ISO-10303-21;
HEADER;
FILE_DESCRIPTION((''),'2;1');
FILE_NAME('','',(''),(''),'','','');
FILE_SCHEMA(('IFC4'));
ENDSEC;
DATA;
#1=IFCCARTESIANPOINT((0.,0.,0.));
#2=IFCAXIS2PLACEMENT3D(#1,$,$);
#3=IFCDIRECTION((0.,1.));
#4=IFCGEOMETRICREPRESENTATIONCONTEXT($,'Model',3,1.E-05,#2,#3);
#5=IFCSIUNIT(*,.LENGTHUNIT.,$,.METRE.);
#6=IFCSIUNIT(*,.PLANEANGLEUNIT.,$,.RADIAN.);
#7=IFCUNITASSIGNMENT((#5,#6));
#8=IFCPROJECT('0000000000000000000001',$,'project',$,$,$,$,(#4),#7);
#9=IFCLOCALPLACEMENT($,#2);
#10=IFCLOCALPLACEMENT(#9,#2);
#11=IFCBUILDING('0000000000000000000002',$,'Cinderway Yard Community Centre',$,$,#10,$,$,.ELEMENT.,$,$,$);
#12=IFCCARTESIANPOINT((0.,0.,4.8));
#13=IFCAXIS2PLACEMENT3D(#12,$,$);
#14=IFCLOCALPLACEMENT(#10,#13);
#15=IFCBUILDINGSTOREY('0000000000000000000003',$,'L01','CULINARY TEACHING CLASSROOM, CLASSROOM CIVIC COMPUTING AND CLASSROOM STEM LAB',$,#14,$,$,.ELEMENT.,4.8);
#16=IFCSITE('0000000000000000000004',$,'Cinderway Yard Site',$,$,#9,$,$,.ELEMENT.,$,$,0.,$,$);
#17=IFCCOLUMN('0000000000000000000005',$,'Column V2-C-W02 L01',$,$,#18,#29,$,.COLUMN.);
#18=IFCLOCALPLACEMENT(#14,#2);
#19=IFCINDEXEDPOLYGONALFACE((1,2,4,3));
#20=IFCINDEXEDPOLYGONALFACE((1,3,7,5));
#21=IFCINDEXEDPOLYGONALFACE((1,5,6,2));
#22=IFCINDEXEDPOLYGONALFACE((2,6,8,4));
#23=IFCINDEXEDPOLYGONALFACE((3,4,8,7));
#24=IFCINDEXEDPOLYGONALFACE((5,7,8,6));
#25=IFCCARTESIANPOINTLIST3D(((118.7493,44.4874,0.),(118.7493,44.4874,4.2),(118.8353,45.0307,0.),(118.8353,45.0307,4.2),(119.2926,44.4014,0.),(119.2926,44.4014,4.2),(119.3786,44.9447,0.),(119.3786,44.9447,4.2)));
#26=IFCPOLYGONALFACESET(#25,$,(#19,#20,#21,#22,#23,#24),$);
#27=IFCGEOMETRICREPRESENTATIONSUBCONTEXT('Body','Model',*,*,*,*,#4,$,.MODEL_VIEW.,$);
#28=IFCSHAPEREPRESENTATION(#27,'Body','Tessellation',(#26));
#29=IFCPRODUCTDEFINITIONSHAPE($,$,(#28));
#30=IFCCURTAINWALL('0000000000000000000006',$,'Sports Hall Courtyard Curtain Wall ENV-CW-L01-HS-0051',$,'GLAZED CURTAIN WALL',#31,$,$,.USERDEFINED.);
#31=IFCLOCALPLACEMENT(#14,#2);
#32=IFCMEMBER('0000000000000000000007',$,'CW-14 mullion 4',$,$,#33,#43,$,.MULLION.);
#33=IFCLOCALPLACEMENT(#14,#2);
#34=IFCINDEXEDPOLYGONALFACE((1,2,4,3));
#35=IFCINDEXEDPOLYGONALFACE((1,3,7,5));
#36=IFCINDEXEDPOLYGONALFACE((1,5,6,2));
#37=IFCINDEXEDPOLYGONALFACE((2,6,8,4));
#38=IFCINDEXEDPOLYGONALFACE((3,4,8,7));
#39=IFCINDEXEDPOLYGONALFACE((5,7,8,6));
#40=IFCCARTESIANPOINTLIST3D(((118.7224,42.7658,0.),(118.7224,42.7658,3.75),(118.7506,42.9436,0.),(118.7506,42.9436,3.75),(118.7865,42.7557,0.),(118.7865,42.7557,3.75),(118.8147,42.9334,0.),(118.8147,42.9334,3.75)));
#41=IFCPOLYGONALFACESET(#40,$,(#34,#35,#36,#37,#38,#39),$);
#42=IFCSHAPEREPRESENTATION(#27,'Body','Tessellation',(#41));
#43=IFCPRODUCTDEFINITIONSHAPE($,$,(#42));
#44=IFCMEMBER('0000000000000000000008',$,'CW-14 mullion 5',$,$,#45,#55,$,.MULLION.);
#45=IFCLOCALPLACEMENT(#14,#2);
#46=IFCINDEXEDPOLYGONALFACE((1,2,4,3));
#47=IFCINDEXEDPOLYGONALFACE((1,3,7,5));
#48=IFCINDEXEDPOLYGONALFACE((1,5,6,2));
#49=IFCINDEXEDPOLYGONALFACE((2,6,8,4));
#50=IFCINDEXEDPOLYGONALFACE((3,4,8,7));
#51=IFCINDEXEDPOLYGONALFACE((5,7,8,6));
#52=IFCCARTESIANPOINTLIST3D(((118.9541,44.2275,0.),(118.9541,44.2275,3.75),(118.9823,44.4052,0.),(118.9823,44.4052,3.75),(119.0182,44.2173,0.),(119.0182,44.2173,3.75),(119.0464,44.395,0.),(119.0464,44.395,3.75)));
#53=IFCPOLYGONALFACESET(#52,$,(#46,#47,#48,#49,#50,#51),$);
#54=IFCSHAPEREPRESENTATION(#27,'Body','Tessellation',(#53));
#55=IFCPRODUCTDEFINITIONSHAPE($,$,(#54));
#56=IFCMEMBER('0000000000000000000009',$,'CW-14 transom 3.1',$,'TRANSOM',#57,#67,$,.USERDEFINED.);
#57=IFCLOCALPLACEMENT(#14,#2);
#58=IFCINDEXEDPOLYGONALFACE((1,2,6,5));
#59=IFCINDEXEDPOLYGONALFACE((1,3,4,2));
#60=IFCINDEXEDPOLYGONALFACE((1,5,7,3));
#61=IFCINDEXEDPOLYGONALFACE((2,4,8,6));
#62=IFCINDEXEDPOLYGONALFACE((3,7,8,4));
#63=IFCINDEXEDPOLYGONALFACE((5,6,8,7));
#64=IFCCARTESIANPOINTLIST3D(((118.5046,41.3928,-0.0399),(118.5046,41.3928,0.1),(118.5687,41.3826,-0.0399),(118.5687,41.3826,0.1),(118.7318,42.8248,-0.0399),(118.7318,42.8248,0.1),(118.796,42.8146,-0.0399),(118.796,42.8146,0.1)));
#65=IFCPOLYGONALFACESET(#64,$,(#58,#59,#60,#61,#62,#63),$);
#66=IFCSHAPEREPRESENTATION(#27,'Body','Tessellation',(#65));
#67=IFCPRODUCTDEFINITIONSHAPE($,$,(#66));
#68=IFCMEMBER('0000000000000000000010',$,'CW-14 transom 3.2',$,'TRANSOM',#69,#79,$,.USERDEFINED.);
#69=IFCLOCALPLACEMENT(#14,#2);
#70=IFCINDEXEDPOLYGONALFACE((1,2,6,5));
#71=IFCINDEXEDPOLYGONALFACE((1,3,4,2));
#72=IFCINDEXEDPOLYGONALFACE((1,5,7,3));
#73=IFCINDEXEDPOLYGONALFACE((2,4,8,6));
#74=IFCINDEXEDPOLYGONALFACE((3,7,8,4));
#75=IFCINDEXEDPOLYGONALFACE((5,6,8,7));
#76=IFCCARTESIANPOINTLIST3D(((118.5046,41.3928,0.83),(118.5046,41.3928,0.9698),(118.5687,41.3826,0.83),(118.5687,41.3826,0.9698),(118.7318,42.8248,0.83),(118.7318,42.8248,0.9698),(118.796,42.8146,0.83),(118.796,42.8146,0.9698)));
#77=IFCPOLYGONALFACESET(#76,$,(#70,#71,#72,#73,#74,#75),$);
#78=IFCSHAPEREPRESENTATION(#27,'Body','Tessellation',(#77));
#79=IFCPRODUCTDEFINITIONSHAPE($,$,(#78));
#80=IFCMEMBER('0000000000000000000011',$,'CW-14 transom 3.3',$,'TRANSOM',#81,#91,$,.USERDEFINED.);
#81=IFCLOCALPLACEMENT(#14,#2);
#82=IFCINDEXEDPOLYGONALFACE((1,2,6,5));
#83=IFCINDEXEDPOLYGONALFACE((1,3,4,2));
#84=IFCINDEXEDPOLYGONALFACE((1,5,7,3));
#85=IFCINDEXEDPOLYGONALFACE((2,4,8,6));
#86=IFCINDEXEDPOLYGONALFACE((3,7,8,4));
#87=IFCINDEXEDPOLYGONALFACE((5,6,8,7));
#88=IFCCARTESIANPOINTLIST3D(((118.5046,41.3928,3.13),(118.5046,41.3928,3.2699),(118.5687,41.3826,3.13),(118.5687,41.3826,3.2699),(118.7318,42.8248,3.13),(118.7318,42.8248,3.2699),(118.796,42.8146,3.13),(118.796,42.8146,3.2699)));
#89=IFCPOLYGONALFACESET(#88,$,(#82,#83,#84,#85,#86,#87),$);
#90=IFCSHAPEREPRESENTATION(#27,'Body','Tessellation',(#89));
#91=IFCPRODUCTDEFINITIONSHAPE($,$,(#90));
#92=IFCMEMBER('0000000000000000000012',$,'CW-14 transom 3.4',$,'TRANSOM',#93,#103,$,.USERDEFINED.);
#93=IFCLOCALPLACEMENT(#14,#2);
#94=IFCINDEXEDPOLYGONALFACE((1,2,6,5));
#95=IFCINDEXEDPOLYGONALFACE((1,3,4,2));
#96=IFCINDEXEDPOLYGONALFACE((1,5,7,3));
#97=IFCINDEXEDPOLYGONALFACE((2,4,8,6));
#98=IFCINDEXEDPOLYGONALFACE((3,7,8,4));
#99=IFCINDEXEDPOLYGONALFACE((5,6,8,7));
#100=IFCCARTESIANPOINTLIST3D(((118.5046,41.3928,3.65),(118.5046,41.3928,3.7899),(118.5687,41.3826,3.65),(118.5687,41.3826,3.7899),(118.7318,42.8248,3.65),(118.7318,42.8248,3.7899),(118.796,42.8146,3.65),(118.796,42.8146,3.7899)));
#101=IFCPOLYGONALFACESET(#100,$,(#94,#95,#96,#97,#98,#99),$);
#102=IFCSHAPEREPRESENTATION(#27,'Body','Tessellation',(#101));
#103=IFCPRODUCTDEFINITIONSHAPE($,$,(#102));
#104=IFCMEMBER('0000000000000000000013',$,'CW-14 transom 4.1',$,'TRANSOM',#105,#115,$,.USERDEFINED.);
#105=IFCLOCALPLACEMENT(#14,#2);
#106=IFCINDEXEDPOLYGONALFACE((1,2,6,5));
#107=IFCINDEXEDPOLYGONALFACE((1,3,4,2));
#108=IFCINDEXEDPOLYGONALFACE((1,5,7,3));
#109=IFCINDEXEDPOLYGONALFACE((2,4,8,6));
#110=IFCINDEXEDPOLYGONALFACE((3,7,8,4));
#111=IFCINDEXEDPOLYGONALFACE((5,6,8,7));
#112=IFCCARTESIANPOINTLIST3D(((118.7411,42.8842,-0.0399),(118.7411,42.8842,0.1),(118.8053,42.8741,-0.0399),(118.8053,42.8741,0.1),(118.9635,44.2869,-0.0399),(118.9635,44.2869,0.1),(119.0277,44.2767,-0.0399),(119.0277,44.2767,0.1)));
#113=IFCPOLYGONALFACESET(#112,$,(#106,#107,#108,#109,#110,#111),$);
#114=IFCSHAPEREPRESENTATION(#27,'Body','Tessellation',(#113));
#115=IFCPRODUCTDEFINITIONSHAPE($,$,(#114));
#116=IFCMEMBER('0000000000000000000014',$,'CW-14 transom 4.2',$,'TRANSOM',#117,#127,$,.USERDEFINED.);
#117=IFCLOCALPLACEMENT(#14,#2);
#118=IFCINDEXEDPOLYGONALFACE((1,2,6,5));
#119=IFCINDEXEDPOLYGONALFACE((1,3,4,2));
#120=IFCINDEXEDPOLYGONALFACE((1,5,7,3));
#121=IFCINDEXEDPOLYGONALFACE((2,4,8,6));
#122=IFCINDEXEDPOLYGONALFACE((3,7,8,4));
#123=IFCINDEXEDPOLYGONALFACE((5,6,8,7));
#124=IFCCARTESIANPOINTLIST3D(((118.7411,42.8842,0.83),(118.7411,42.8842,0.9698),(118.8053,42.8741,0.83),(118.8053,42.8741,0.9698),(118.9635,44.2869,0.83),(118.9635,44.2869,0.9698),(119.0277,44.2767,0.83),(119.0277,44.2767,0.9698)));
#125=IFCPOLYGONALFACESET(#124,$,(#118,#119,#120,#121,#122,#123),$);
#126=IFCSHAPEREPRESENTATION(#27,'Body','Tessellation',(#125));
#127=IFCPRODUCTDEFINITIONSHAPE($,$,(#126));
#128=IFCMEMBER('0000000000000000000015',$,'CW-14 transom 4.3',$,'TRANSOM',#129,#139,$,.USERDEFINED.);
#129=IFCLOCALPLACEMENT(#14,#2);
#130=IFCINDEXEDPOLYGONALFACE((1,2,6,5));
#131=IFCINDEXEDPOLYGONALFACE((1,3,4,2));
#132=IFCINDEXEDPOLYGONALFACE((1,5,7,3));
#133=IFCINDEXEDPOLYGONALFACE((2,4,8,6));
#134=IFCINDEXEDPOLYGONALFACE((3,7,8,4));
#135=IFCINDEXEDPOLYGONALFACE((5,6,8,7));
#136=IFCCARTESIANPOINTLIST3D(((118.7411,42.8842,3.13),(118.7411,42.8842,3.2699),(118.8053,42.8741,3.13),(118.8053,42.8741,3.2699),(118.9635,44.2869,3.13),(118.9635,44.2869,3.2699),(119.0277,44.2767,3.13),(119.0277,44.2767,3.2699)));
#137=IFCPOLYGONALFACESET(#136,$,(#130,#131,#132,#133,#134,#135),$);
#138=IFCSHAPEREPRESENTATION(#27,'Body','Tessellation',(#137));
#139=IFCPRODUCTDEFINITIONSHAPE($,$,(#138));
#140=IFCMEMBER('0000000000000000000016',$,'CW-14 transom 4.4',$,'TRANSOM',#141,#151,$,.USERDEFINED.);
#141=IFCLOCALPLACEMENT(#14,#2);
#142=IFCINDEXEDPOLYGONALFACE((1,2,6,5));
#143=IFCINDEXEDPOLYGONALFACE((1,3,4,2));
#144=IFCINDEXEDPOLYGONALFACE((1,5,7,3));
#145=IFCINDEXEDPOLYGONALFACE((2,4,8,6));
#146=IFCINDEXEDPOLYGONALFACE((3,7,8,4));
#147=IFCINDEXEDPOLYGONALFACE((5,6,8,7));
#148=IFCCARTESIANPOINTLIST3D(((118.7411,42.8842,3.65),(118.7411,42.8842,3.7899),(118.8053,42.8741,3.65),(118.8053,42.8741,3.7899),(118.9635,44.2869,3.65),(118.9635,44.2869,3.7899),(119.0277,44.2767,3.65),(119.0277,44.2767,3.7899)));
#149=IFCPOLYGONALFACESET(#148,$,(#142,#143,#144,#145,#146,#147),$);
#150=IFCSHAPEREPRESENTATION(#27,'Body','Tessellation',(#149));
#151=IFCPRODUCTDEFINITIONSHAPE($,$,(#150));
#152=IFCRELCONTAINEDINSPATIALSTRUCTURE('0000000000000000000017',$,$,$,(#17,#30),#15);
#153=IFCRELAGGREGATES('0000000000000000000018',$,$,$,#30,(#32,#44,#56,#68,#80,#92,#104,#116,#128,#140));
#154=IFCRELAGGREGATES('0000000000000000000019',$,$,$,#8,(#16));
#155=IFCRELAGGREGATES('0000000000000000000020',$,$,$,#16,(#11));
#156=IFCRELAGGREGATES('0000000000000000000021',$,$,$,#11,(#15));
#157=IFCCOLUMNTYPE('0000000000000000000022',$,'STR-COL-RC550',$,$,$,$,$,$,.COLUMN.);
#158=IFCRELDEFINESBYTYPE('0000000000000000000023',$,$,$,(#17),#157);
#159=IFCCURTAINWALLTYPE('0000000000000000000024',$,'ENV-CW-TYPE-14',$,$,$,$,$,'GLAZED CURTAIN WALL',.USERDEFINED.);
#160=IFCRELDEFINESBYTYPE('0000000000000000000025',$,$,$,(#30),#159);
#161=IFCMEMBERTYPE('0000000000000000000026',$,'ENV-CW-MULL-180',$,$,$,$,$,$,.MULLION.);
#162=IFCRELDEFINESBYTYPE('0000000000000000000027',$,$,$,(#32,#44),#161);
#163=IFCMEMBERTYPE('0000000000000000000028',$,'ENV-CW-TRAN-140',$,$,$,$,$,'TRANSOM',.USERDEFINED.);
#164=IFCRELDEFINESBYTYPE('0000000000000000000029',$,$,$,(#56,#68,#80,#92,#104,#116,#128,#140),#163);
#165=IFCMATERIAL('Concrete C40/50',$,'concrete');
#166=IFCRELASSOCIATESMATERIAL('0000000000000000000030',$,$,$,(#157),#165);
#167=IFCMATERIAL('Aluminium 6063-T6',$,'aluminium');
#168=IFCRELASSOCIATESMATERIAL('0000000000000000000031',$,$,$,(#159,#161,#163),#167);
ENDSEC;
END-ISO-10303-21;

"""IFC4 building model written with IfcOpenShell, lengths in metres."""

from ifc_helpers import new_model, si_unit, direction, frame, origin, origin_2d, place, context, subcontext, project, spatial, rectangle, extrude, material, material_profile, profile_set, type_object, element, aggregate, save


model = new_model("IFC4")

# Units and contexts
model_context = context("Model", 3, precision=1e-05, world=origin(), true_north=direction((0.0, 1.0)))
body_context = subcontext(model_context, "Body", "Model", "MODEL_VIEW")
ifc_project = project(units=[si_unit("LENGTHUNIT", "METRE"), si_unit("PLANEANGLEUNIT", "RADIAN")], contexts=[model_context])

# Site, building, storey
site_placement = place(None, origin())
site = spatial("IfcSite", under=ifc_project, at=site_placement, Name="Cinderway Yard Site", CompositionType="ELEMENT", RefElevation=0.0)
building_placement = place(site_placement, origin())
building = spatial("IfcBuilding", under=site, at=building_placement, Name="Cinderway Yard Community Centre", CompositionType="ELEMENT")
storey_placement = place(building_placement, frame((0.0, 0.0, 4.8)))
storey = spatial("IfcBuildingStorey", under=building, at=storey_placement, Name="L01", Description="CULINARY TEACHING CLASSROOM, CLASSROOM CIVIC COMPUTING AND CLASSROOM STEM LAB", CompositionType="ELEMENT", Elevation=4.8)

# Column
ifc_material_1 = material(Name="Concrete C40/50", Category="concrete")
ifc_material_profile_1 = material_profile(ifc_material_1, rectangle(XDim=0.55, YDim=0.55, at=origin_2d()), Name="Concrete C40/50")
ifc_profile_set_1 = profile_set([ifc_material_profile_1], Name="Concrete C40/50")
column_type = type_object("IfcColumnType", Name="STR-COL-RC550", PredefinedType="COLUMN", material=ifc_profile_set_1)
column_placement = place(storey_placement, frame((119.064, 44.7161, 0.0), z_axis=(0.0, 0.0, 1.0), x_axis=(0.987688, -0.156434, 0.0)))
element("IfcColumn", 1, at=column_placement, inside=storey, type_object=column_type, Name="Column V2-C-W02 L01", PredefinedType="COLUMN", context=body_context, shape_type="SweptSolid", body=[
    extrude(rectangle(XDim=0.55, YDim=0.55, at=origin_2d()), origin(), (0.0, 0.0, 1.0), 4.2),
])

# Curtain wall, members
ifc_material_2 = material(Name="Aluminium 6063-T6", Category="aluminium")
curtain_wall_type = type_object("IfcCurtainWallType", Name="ENV-CW-TYPE-14", ElementType="GLAZED CURTAIN WALL", PredefinedType="USERDEFINED", material=ifc_material_2)
curtain_wall_placement = place(storey_placement, origin())
curtain_wall = element("IfcCurtainWall", 2, at=curtain_wall_placement, inside=storey, type_object=curtain_wall_type, Name="Sports Hall Courtyard Curtain Wall ENV-CW-L01-HS-0051", ObjectType="GLAZED CURTAIN WALL", PredefinedType="USERDEFINED")
ifc_material_profile_2 = material_profile(ifc_material_2, rectangle(XDim=0.0649, YDim=0.1799, at=origin_2d()), Name="Aluminium 6063-T6")
ifc_profile_set_2 = profile_set([ifc_material_profile_2], Name="Aluminium 6063-T6")
member_type_1 = type_object("IfcMemberType", Name="ENV-CW-MULL-180", PredefinedType="MULLION", material=ifc_profile_set_2)
member_1_placement = place(storey_placement, frame((118.7686, 42.8496, 0.0), z_axis=(0.0, 0.0, 1.0), x_axis=(-0.987661, 0.156609, 0.0)))
member_1 = element("IfcMember", 3, at=member_1_placement, type_object=member_type_1, Name="CW-14 mullion 4", PredefinedType="MULLION", context=body_context, shape_type="SweptSolid", body=[
    extrude(rectangle(XDim=0.0649, YDim=0.1799, at=origin_2d()), origin(), (0.0, 0.0, 1.0), 3.75),
])
member_2_placement = place(storey_placement, frame((119.0002, 44.3113, 0.0), z_axis=(0.0, 0.0, 1.0), x_axis=(-0.987661, 0.156609, 0.0)))
member_2 = element("IfcMember", 4, at=member_2_placement, type_object=member_type_1, Name="CW-14 mullion 5", PredefinedType="MULLION", context=body_context, shape_type="SweptSolid", body=[
    extrude(rectangle(XDim=0.0649, YDim=0.1799, at=origin_2d()), origin(), (0.0, 0.0, 1.0), 3.75),
])
ifc_material_profile_3 = material_profile(ifc_material_2, rectangle(XDim=0.0649, YDim=0.1399, at=origin_2d()), Name="Aluminium 6063-T6")
ifc_profile_set_3 = profile_set([ifc_material_profile_3], Name="Aluminium 6063-T6")
member_type_2 = type_object("IfcMemberType", Name="ENV-CW-TRAN-140", ElementType="TRANSOM", PredefinedType="USERDEFINED", material=ifc_profile_set_3)
member_3_placement = place(storey_placement, frame((118.5366, 41.3877, 0.03), z_axis=(0.156749, 0.987638, 0.0), x_axis=(-0.987638, 0.156749, 0.0)))
member_3 = element("IfcMember", 5, at=member_3_placement, type_object=member_type_2, Name="CW-14 transom 3.1", ObjectType="TRANSOM", PredefinedType="USERDEFINED", context=body_context, shape_type="SweptSolid", body=[
    extrude(rectangle(XDim=0.0649, YDim=0.1399, at=origin_2d()), origin(), (0.0, 0.0, 1.0), 1.45),
])
member_4_placement = place(storey_placement, frame((118.5366, 41.3877, 0.8999), z_axis=(0.156749, 0.987638, 0.0), x_axis=(-0.987638, 0.156749, 0.0)))
member_4 = element("IfcMember", 6, at=member_4_placement, type_object=member_type_2, Name="CW-14 transom 3.2", ObjectType="TRANSOM", PredefinedType="USERDEFINED", context=body_context, shape_type="SweptSolid", body=[
    extrude(rectangle(XDim=0.0649, YDim=0.1399, at=origin_2d()), origin(), (0.0, 0.0, 1.0), 1.45),
])
member_5_placement = place(storey_placement, frame((118.5366, 41.3877, 3.2), z_axis=(0.156749, 0.987638, 0.0), x_axis=(-0.987638, 0.156749, 0.0)))
member_5 = element("IfcMember", 7, at=member_5_placement, type_object=member_type_2, Name="CW-14 transom 3.3", ObjectType="TRANSOM", PredefinedType="USERDEFINED", context=body_context, shape_type="SweptSolid", body=[
    extrude(rectangle(XDim=0.0649, YDim=0.1399, at=origin_2d()), origin(), (0.0, 0.0, 1.0), 1.45),
])
member_6_placement = place(storey_placement, frame((118.5366, 41.3877, 3.72), z_axis=(0.156749, 0.987638, 0.0), x_axis=(-0.987638, 0.156749, 0.0)))
member_6 = element("IfcMember", 8, at=member_6_placement, type_object=member_type_2, Name="CW-14 transom 3.4", ObjectType="TRANSOM", PredefinedType="USERDEFINED", context=body_context, shape_type="SweptSolid", body=[
    extrude(rectangle(XDim=0.0649, YDim=0.1399, at=origin_2d()), origin(), (0.0, 0.0, 1.0), 1.45),
])
member_7_placement = place(storey_placement, frame((118.7732, 42.8792, 0.03), z_axis=(0.156616, 0.98766, 0.0), x_axis=(-0.98766, 0.156616, 0.0)))
member_7 = element("IfcMember", 9, at=member_7_placement, type_object=member_type_2, Name="CW-14 transom 4.1", ObjectType="TRANSOM", PredefinedType="USERDEFINED", context=body_context, shape_type="SweptSolid", body=[
    extrude(rectangle(XDim=0.0649, YDim=0.1399, at=origin_2d()), origin(), (0.0, 0.0, 1.0), 1.4202),
])
member_8_placement = place(storey_placement, frame((118.7732, 42.8792, 0.8999), z_axis=(0.156616, 0.98766, 0.0), x_axis=(-0.98766, 0.156616, 0.0)))
member_8 = element("IfcMember", 10, at=member_8_placement, type_object=member_type_2, Name="CW-14 transom 4.2", ObjectType="TRANSOM", PredefinedType="USERDEFINED", context=body_context, shape_type="SweptSolid", body=[
    extrude(rectangle(XDim=0.0649, YDim=0.1399, at=origin_2d()), origin(), (0.0, 0.0, 1.0), 1.4202),
])
member_9_placement = place(storey_placement, frame((118.7732, 42.8792, 3.2), z_axis=(0.156616, 0.98766, 0.0), x_axis=(-0.98766, 0.156616, 0.0)))
member_9 = element("IfcMember", 11, at=member_9_placement, type_object=member_type_2, Name="CW-14 transom 4.3", ObjectType="TRANSOM", PredefinedType="USERDEFINED", context=body_context, shape_type="SweptSolid", body=[
    extrude(rectangle(XDim=0.0649, YDim=0.1399, at=origin_2d()), origin(), (0.0, 0.0, 1.0), 1.4202),
])
member_10_placement = place(storey_placement, frame((118.7732, 42.8792, 3.72), z_axis=(0.156616, 0.98766, 0.0), x_axis=(-0.98766, 0.156616, 0.0)))
member_10 = element("IfcMember", 12, at=member_10_placement, type_object=member_type_2, Name="CW-14 transom 4.4", ObjectType="TRANSOM", PredefinedType="USERDEFINED", context=body_context, shape_type="SweptSolid", body=[
    extrude(rectangle(XDim=0.0649, YDim=0.1399, at=origin_2d()), origin(), (0.0, 0.0, 1.0), 1.4202),
])

aggregate(curtain_wall, [member_1, member_2, member_3, member_4, member_5, member_6, member_7, member_8, member_9, member_10])

save(model, "model.ifc")
